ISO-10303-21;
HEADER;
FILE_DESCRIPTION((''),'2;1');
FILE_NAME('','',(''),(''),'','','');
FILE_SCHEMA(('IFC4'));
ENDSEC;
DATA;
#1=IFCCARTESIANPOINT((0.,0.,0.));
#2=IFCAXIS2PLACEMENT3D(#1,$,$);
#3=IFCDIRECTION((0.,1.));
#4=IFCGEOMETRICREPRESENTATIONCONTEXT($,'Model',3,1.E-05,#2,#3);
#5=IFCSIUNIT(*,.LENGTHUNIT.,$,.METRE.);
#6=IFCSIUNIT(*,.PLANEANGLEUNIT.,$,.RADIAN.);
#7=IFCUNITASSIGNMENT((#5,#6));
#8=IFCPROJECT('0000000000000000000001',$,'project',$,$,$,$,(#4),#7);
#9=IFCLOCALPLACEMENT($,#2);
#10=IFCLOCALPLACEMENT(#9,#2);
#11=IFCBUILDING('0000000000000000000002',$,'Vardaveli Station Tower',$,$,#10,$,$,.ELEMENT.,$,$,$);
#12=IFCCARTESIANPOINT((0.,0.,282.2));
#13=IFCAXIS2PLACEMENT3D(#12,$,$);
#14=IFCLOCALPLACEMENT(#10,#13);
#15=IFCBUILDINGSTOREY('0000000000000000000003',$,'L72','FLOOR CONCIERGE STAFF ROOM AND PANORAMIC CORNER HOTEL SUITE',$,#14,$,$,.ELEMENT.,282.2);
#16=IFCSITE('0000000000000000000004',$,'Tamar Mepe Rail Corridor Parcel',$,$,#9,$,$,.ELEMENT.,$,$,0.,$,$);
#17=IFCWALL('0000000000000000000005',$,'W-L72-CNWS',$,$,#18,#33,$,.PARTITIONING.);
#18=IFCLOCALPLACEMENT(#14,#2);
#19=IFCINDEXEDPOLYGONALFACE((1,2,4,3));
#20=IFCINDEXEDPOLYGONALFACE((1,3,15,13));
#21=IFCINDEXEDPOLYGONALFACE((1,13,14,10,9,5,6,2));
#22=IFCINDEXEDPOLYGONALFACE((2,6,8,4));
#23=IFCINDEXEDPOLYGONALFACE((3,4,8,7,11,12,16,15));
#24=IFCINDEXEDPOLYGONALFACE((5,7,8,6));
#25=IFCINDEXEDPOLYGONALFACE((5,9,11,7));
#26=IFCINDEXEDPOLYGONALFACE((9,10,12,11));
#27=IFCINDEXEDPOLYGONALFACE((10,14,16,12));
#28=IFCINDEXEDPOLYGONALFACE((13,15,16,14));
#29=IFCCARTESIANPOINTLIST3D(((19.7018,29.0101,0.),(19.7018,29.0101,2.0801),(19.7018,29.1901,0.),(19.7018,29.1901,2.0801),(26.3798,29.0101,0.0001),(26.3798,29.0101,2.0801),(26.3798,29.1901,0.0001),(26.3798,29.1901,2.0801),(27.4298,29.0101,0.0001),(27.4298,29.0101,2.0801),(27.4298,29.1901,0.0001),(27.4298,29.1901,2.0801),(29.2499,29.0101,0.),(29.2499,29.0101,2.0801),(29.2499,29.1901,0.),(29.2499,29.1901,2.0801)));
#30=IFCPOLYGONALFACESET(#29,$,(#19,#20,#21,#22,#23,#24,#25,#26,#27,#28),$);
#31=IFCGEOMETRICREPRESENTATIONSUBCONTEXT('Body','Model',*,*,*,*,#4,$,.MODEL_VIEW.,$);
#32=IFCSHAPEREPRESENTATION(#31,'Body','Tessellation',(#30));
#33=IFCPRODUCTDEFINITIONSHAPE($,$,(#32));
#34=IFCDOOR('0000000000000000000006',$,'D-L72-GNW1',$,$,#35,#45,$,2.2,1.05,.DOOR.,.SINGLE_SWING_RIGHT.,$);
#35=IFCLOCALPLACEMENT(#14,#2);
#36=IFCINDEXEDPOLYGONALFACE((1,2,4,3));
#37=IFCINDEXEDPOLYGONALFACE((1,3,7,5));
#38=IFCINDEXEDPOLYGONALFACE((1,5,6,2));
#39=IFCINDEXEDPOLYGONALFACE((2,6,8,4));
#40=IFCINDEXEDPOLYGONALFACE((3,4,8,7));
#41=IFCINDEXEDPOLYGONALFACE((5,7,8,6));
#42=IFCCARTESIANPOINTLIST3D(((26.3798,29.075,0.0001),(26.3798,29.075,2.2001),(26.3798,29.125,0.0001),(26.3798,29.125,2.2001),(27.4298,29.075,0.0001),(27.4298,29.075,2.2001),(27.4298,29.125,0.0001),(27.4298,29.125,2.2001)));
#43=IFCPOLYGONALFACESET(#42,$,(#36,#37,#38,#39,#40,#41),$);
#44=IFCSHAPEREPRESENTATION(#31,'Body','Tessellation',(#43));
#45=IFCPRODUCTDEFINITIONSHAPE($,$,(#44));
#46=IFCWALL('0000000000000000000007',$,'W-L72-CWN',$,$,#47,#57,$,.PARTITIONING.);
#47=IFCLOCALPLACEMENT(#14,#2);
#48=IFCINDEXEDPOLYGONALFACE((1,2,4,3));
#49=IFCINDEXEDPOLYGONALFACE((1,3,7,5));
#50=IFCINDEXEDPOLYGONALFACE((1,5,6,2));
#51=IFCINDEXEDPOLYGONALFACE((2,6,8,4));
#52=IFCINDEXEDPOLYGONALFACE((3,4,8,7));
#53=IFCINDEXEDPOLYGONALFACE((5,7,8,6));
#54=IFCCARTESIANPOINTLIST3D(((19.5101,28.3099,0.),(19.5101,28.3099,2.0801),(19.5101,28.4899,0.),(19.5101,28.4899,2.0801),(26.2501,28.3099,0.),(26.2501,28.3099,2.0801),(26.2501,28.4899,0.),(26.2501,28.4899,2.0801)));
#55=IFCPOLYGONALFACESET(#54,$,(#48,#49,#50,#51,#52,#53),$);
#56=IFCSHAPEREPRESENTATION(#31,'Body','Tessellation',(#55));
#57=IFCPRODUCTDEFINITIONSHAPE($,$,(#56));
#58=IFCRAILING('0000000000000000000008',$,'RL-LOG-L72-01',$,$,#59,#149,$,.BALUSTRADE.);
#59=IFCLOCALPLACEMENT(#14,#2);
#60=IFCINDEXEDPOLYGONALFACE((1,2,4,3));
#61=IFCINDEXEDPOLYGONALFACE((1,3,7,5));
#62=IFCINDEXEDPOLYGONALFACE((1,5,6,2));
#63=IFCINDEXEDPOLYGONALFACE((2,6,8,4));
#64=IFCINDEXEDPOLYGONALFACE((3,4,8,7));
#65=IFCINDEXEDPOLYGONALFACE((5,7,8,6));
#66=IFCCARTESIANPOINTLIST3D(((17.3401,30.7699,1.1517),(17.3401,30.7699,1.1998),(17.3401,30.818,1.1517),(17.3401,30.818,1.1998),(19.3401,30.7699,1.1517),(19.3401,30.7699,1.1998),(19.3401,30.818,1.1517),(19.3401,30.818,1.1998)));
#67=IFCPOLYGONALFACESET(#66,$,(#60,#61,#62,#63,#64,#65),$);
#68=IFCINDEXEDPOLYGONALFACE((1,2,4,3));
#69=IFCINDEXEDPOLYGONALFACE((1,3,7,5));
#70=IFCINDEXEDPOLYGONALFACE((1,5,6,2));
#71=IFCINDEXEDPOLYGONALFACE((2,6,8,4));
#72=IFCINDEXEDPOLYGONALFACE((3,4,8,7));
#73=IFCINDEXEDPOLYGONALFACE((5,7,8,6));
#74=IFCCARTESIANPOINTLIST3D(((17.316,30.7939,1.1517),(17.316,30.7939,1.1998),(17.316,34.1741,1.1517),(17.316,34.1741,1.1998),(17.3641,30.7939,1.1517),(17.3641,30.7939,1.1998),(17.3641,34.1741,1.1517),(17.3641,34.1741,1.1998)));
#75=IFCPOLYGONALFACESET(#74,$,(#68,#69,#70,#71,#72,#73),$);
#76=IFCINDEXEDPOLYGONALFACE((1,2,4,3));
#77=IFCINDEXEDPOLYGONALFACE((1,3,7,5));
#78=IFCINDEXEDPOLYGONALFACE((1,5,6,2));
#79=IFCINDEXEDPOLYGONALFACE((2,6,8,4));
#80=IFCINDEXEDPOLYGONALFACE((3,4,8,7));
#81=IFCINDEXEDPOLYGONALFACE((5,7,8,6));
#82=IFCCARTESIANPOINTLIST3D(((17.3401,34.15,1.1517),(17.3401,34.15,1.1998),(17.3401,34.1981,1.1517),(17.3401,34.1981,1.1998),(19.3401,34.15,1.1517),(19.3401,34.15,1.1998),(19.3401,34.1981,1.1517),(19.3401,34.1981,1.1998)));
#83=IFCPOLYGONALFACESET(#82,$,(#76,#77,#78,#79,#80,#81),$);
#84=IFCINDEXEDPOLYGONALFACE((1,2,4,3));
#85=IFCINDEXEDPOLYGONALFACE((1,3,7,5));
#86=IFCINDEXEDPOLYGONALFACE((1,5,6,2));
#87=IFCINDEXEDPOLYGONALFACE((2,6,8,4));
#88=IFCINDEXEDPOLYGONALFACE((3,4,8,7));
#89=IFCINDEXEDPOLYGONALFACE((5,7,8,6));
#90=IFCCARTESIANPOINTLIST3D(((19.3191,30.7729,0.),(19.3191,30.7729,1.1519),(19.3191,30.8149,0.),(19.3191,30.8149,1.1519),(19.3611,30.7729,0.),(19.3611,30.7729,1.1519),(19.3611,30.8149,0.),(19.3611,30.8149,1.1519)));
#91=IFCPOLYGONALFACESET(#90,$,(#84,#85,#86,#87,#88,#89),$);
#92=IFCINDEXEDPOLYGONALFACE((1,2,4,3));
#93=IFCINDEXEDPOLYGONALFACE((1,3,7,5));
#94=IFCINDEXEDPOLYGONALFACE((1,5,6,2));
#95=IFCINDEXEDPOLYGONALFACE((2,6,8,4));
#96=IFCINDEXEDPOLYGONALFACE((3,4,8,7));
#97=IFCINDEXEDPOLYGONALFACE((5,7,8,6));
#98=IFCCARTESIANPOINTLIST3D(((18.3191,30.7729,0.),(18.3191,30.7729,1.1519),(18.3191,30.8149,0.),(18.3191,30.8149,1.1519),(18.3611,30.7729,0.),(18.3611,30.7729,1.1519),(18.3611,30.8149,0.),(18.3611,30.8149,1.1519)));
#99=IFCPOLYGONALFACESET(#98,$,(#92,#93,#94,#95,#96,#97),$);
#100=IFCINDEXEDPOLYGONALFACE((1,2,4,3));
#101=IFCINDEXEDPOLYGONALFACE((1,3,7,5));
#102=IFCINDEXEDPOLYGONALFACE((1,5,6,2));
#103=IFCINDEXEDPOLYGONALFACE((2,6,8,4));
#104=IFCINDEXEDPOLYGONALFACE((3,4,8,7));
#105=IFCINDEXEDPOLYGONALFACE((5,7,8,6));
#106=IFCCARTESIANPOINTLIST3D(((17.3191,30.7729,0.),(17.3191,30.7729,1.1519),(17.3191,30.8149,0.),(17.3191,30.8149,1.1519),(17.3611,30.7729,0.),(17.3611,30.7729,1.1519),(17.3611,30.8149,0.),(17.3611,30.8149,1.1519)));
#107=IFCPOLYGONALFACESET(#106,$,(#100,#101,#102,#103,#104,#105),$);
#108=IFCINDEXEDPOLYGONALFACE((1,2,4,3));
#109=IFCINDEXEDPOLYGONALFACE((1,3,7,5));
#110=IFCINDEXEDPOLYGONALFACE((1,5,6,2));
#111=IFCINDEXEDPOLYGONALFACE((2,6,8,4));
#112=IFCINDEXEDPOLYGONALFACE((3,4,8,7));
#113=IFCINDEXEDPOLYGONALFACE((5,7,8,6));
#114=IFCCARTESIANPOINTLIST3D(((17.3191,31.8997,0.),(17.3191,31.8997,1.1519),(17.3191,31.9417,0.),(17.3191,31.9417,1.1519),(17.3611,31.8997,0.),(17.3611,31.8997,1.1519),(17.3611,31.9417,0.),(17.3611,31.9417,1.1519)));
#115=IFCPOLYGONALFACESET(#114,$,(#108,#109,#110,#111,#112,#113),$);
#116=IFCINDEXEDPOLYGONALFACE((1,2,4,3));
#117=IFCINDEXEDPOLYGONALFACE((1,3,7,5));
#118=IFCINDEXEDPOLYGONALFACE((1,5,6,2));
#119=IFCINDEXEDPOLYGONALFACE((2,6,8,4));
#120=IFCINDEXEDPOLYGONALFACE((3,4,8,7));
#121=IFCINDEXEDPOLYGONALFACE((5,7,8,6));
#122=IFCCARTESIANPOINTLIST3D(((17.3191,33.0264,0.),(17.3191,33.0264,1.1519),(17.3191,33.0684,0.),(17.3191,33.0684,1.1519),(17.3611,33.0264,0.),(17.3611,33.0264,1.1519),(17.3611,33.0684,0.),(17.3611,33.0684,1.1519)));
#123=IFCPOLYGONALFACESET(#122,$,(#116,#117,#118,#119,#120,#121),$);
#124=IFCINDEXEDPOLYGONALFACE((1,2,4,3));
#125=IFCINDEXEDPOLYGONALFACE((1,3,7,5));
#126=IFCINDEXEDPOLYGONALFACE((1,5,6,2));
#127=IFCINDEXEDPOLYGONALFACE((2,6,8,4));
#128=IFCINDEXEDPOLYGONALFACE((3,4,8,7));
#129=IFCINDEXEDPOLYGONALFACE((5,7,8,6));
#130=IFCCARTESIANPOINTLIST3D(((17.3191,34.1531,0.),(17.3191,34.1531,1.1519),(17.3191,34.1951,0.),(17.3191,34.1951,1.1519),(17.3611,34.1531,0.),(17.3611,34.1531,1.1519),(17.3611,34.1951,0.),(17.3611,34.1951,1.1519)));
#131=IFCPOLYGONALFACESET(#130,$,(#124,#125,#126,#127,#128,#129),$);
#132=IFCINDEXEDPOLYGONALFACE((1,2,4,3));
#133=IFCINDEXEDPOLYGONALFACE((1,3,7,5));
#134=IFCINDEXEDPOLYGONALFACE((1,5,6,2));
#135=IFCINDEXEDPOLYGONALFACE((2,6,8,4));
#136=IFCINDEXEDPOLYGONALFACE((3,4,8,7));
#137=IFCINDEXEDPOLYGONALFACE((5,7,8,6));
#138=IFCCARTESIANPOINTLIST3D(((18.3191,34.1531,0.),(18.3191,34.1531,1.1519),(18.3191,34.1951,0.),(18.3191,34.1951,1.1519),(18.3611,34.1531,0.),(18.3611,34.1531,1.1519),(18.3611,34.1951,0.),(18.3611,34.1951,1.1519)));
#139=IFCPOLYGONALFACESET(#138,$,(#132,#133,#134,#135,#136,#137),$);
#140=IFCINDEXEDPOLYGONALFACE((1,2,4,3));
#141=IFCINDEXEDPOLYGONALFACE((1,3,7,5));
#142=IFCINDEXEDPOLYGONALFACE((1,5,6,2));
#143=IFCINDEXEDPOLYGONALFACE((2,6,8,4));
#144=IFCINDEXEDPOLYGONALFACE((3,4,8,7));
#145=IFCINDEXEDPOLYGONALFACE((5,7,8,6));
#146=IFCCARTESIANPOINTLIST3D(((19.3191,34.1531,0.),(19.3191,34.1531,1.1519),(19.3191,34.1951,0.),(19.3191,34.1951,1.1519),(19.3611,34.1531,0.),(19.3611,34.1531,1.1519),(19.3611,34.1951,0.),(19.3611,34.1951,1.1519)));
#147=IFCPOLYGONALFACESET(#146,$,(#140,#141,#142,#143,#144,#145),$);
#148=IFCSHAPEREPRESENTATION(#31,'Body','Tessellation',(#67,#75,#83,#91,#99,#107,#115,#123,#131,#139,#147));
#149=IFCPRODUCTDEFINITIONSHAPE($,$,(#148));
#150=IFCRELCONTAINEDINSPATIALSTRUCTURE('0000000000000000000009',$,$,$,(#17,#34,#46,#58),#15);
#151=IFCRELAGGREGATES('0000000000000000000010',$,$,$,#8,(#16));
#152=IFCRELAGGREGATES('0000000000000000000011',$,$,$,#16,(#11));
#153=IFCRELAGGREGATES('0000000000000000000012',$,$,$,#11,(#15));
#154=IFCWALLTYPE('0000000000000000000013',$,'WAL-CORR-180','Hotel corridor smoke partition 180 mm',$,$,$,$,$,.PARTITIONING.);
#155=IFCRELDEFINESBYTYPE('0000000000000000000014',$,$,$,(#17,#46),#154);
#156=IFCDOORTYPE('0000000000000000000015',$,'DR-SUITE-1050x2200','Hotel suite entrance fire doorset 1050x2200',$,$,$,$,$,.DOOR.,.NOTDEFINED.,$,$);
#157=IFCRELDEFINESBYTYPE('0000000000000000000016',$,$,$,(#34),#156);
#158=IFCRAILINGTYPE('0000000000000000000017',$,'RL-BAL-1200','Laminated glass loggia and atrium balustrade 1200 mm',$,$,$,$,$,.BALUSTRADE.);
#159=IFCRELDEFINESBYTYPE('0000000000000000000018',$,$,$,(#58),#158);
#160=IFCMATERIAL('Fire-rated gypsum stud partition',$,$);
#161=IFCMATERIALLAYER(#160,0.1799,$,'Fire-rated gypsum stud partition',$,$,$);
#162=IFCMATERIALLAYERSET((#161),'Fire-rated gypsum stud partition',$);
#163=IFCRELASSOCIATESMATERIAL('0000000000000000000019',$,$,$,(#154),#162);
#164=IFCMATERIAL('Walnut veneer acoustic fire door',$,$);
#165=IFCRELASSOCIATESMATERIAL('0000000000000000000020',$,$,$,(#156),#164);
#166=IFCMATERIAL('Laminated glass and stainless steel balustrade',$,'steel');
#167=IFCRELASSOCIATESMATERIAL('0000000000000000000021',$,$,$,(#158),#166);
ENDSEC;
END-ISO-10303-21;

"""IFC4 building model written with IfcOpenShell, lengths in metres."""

from ifc_helpers import new_model, si_unit, direction, frame, frame_2d, origin, origin_2d, place, context, subcontext, project, spatial, rectangle, extrude, source, transform, mapped, material, layer, layer_set, type_object, element, fill, save


model = new_model("IFC4")

# Units and contexts
model_context = context("Model", 3, precision=1e-05, world=origin(), true_north=direction((0.0, 1.0)))
body_context = subcontext(model_context, "Body", "Model", "MODEL_VIEW")
ifc_project = project(units=[si_unit("LENGTHUNIT", "METRE"), si_unit("PLANEANGLEUNIT", "RADIAN")], contexts=[model_context])

# Site, building, storey
site_placement = place(None, origin())
site = spatial("IfcSite", under=ifc_project, at=site_placement, Name="Tamar Mepe Rail Corridor Parcel", CompositionType="ELEMENT", RefElevation=0.0)
building_placement = place(site_placement, origin())
building = spatial("IfcBuilding", under=site, at=building_placement, Name="Vardaveli Station Tower", CompositionType="ELEMENT")
storey_placement = place(building_placement, frame((0.0, 0.0, 282.2)))
storey = spatial("IfcBuildingStorey", under=building, at=storey_placement, Name="L72", Description="FLOOR CONCIERGE STAFF ROOM AND PANORAMIC CORNER HOTEL SUITE", CompositionType="ELEMENT", Elevation=282.2)

# Wall, opening, door
ifc_material_1 = material(Name="Fire-rated gypsum stud partition")
ifc_layer_1 = layer(ifc_material_1, 0.1799, Name="Fire-rated gypsum stud partition")
ifc_layer_set_1 = layer_set([ifc_layer_1], Name="Fire-rated gypsum stud partition")
wall_type_1 = type_object("IfcWallType", Name="WAL-CORR-180", Description="Hotel corridor smoke partition 180 mm", PredefinedType="PARTITIONING", material=ifc_layer_set_1)
shared_shape_1 = source(origin(), body_context, "Body", "SweptSolid", [
    extrude(rectangle(XDim=9.5481, YDim=0.1799, at=frame_2d((4.7739, 0.0))), origin(), (0.0, 0.0, 1.0), 2.0801),
])
wall_1_placement = place(storey_placement, frame((19.7019, 29.1001, 0.0), z_axis=(0.0, 0.0, 1.0), x_axis=(1.0, 0.0, 0.0)))
wall_1 = element("IfcWall", 1, at=wall_1_placement, inside=storey, type_object=wall_type_1, Name="W-L72-CNWS", PredefinedType="PARTITIONING", context=body_context, shape_type="MappedRepresentation", body=[
    mapped(shared_shape_1, transform((0.0, 0.0, 0.0), scale=1.0)),
])
shared_shape_2 = source(origin(), body_context, "Body", "SweptSolid", [
    extrude(rectangle(XDim=1.05, YDim=2.2, at=frame_2d((0.5249, 1.1001))), frame((0.0, 0.1001, 0.0), z_axis=(0.0, -1.0, 0.0), x_axis=(1.0, 0.0, 0.0)), (0.0, 0.0, 1.0), 0.2),
])
opening_placement = place(wall_1_placement, frame((6.678, 0.0, 0.0)))
opening = element("IfcOpeningElement", 2, at=opening_placement, cuts=wall_1, PredefinedType="OPENING", context=body_context, shape_type="MappedRepresentation", body=[
    mapped(shared_shape_2, transform((0.0, 0.0, 0.0), scale=1.0)),
])
ifc_material_2 = material(Name="Walnut veneer acoustic fire door")
door_type = type_object("IfcDoorType", Name="DR-SUITE-1050x2200", Description="Hotel suite entrance fire doorset 1050x2200", OperationType="NOTDEFINED", PredefinedType="DOOR", material=ifc_material_2)
shared_shape_3 = source(origin(), body_context, "Body", "SweptSolid", [
    extrude(rectangle(XDim=1.05, YDim=2.2, at=frame_2d((0.5249, 1.1001))), frame((0.0, 0.0249, 0.0), z_axis=(0.0, -1.0, 0.0), x_axis=(1.0, 0.0, 0.0)), (0.0, 0.0, 1.0), 0.05),
])
door_placement = place(opening_placement, origin())
door = element("IfcDoor", 3, at=door_placement, inside=storey, type_object=door_type, Name="D-L72-GNW1", OperationType="SINGLE_SWING_RIGHT", OverallHeight=2.2, OverallWidth=1.05, PredefinedType="DOOR", context=body_context, shape_type="MappedRepresentation", body=[
    mapped(shared_shape_3, transform((0.0, 0.0, 0.0), scale=1.0)),
])
fill(opening, door)

# Wall
shared_shape_4 = source(origin(), body_context, "Body", "SweptSolid", [
    extrude(rectangle(XDim=6.74, YDim=0.1799, at=frame_2d((3.3701, 0.0))), origin(), (0.0, 0.0, 1.0), 2.0801),
])
wall_2_placement = place(storey_placement, frame((19.51, 28.3999, 0.0), z_axis=(0.0, 0.0, 1.0), x_axis=(1.0, 0.0, 0.0)))
element("IfcWall", 4, at=wall_2_placement, inside=storey, type_object=wall_type_1, Name="W-L72-CWN", PredefinedType="PARTITIONING", context=body_context, shape_type="MappedRepresentation", body=[
    mapped(shared_shape_4, transform((0.0, 0.0, 0.0), scale=1.0)),
])

# Railing
ifc_material_3 = material(Name="Laminated glass and stainless steel balustrade", Category="steel")
railing_type = type_object("IfcRailingType", Name="RL-BAL-1200", Description="Laminated glass loggia and atrium balustrade 1200 mm", PredefinedType="BALUSTRADE", material=ifc_material_3)
shared_shape_5 = source(origin(), body_context, "Body", "SweptSolid", [
    extrude(rectangle(XDim=0.0481, YDim=0.0481, at=origin_2d()), frame((0.0, 0.0, 1.1758), z_axis=(-1.0, 0.0, 0.0), x_axis=(0.0, -1.0, 0.0)), (0.0, 0.0, 1.0), 2.0),
    extrude(rectangle(XDim=0.0481, YDim=0.0481, at=origin_2d()), frame((-2.0, 0.0, 1.1758), z_axis=(0.0, 1.0, 0.0), x_axis=(-1.0, 0.0, 0.0)), (0.0, 0.0, 1.0), 3.3801),
    extrude(rectangle(XDim=0.0481, YDim=0.0481, at=origin_2d()), frame((-2.0, 3.3801, 1.1758), z_axis=(1.0, 0.0, 0.0), x_axis=(0.0, 1.0, 0.0)), (0.0, 0.0, 1.0), 2.0),
    extrude(rectangle(XDim=0.042, YDim=0.042, at=origin_2d()), origin(), (0.0, 0.0, 1.0), 1.1519),
    extrude(rectangle(XDim=0.042, YDim=0.042, at=origin_2d()), frame((-1.0, 0.0, 0.0)), (0.0, 0.0, 1.0), 1.1519),
    extrude(rectangle(XDim=0.042, YDim=0.042, at=origin_2d()), frame((-2.0, 0.0, 0.0)), (0.0, 0.0, 1.0), 1.1519),
    extrude(rectangle(XDim=0.042, YDim=0.042, at=origin_2d()), frame((-2.0, 1.1267, 0.0)), (0.0, 0.0, 1.0), 1.1519),
    extrude(rectangle(XDim=0.042, YDim=0.042, at=origin_2d()), frame((-2.0, 2.2534, 0.0)), (0.0, 0.0, 1.0), 1.1519),
    extrude(rectangle(XDim=0.042, YDim=0.042, at=origin_2d()), frame((-2.0, 3.3801, 0.0)), (0.0, 0.0, 1.0), 1.1519),
    extrude(rectangle(XDim=0.042, YDim=0.042, at=origin_2d()), frame((-1.0, 3.3801, 0.0)), (0.0, 0.0, 1.0), 1.1519),
    extrude(rectangle(XDim=0.042, YDim=0.042, at=origin_2d()), frame((0.0, 3.3801, 0.0)), (0.0, 0.0, 1.0), 1.1519),
])
railing_placement = place(storey_placement, frame((19.3401, 30.7939, 0.0)))
element("IfcRailing", 5, at=railing_placement, inside=storey, type_object=railing_type, Name="RL-LOG-L72-01", PredefinedType="BALUSTRADE", context=body_context, shape_type="MappedRepresentation", body=[
    mapped(shared_shape_5, transform((0.0, 0.0, 0.0), scale=1.0)),
])

save(model, "model.ifc")
